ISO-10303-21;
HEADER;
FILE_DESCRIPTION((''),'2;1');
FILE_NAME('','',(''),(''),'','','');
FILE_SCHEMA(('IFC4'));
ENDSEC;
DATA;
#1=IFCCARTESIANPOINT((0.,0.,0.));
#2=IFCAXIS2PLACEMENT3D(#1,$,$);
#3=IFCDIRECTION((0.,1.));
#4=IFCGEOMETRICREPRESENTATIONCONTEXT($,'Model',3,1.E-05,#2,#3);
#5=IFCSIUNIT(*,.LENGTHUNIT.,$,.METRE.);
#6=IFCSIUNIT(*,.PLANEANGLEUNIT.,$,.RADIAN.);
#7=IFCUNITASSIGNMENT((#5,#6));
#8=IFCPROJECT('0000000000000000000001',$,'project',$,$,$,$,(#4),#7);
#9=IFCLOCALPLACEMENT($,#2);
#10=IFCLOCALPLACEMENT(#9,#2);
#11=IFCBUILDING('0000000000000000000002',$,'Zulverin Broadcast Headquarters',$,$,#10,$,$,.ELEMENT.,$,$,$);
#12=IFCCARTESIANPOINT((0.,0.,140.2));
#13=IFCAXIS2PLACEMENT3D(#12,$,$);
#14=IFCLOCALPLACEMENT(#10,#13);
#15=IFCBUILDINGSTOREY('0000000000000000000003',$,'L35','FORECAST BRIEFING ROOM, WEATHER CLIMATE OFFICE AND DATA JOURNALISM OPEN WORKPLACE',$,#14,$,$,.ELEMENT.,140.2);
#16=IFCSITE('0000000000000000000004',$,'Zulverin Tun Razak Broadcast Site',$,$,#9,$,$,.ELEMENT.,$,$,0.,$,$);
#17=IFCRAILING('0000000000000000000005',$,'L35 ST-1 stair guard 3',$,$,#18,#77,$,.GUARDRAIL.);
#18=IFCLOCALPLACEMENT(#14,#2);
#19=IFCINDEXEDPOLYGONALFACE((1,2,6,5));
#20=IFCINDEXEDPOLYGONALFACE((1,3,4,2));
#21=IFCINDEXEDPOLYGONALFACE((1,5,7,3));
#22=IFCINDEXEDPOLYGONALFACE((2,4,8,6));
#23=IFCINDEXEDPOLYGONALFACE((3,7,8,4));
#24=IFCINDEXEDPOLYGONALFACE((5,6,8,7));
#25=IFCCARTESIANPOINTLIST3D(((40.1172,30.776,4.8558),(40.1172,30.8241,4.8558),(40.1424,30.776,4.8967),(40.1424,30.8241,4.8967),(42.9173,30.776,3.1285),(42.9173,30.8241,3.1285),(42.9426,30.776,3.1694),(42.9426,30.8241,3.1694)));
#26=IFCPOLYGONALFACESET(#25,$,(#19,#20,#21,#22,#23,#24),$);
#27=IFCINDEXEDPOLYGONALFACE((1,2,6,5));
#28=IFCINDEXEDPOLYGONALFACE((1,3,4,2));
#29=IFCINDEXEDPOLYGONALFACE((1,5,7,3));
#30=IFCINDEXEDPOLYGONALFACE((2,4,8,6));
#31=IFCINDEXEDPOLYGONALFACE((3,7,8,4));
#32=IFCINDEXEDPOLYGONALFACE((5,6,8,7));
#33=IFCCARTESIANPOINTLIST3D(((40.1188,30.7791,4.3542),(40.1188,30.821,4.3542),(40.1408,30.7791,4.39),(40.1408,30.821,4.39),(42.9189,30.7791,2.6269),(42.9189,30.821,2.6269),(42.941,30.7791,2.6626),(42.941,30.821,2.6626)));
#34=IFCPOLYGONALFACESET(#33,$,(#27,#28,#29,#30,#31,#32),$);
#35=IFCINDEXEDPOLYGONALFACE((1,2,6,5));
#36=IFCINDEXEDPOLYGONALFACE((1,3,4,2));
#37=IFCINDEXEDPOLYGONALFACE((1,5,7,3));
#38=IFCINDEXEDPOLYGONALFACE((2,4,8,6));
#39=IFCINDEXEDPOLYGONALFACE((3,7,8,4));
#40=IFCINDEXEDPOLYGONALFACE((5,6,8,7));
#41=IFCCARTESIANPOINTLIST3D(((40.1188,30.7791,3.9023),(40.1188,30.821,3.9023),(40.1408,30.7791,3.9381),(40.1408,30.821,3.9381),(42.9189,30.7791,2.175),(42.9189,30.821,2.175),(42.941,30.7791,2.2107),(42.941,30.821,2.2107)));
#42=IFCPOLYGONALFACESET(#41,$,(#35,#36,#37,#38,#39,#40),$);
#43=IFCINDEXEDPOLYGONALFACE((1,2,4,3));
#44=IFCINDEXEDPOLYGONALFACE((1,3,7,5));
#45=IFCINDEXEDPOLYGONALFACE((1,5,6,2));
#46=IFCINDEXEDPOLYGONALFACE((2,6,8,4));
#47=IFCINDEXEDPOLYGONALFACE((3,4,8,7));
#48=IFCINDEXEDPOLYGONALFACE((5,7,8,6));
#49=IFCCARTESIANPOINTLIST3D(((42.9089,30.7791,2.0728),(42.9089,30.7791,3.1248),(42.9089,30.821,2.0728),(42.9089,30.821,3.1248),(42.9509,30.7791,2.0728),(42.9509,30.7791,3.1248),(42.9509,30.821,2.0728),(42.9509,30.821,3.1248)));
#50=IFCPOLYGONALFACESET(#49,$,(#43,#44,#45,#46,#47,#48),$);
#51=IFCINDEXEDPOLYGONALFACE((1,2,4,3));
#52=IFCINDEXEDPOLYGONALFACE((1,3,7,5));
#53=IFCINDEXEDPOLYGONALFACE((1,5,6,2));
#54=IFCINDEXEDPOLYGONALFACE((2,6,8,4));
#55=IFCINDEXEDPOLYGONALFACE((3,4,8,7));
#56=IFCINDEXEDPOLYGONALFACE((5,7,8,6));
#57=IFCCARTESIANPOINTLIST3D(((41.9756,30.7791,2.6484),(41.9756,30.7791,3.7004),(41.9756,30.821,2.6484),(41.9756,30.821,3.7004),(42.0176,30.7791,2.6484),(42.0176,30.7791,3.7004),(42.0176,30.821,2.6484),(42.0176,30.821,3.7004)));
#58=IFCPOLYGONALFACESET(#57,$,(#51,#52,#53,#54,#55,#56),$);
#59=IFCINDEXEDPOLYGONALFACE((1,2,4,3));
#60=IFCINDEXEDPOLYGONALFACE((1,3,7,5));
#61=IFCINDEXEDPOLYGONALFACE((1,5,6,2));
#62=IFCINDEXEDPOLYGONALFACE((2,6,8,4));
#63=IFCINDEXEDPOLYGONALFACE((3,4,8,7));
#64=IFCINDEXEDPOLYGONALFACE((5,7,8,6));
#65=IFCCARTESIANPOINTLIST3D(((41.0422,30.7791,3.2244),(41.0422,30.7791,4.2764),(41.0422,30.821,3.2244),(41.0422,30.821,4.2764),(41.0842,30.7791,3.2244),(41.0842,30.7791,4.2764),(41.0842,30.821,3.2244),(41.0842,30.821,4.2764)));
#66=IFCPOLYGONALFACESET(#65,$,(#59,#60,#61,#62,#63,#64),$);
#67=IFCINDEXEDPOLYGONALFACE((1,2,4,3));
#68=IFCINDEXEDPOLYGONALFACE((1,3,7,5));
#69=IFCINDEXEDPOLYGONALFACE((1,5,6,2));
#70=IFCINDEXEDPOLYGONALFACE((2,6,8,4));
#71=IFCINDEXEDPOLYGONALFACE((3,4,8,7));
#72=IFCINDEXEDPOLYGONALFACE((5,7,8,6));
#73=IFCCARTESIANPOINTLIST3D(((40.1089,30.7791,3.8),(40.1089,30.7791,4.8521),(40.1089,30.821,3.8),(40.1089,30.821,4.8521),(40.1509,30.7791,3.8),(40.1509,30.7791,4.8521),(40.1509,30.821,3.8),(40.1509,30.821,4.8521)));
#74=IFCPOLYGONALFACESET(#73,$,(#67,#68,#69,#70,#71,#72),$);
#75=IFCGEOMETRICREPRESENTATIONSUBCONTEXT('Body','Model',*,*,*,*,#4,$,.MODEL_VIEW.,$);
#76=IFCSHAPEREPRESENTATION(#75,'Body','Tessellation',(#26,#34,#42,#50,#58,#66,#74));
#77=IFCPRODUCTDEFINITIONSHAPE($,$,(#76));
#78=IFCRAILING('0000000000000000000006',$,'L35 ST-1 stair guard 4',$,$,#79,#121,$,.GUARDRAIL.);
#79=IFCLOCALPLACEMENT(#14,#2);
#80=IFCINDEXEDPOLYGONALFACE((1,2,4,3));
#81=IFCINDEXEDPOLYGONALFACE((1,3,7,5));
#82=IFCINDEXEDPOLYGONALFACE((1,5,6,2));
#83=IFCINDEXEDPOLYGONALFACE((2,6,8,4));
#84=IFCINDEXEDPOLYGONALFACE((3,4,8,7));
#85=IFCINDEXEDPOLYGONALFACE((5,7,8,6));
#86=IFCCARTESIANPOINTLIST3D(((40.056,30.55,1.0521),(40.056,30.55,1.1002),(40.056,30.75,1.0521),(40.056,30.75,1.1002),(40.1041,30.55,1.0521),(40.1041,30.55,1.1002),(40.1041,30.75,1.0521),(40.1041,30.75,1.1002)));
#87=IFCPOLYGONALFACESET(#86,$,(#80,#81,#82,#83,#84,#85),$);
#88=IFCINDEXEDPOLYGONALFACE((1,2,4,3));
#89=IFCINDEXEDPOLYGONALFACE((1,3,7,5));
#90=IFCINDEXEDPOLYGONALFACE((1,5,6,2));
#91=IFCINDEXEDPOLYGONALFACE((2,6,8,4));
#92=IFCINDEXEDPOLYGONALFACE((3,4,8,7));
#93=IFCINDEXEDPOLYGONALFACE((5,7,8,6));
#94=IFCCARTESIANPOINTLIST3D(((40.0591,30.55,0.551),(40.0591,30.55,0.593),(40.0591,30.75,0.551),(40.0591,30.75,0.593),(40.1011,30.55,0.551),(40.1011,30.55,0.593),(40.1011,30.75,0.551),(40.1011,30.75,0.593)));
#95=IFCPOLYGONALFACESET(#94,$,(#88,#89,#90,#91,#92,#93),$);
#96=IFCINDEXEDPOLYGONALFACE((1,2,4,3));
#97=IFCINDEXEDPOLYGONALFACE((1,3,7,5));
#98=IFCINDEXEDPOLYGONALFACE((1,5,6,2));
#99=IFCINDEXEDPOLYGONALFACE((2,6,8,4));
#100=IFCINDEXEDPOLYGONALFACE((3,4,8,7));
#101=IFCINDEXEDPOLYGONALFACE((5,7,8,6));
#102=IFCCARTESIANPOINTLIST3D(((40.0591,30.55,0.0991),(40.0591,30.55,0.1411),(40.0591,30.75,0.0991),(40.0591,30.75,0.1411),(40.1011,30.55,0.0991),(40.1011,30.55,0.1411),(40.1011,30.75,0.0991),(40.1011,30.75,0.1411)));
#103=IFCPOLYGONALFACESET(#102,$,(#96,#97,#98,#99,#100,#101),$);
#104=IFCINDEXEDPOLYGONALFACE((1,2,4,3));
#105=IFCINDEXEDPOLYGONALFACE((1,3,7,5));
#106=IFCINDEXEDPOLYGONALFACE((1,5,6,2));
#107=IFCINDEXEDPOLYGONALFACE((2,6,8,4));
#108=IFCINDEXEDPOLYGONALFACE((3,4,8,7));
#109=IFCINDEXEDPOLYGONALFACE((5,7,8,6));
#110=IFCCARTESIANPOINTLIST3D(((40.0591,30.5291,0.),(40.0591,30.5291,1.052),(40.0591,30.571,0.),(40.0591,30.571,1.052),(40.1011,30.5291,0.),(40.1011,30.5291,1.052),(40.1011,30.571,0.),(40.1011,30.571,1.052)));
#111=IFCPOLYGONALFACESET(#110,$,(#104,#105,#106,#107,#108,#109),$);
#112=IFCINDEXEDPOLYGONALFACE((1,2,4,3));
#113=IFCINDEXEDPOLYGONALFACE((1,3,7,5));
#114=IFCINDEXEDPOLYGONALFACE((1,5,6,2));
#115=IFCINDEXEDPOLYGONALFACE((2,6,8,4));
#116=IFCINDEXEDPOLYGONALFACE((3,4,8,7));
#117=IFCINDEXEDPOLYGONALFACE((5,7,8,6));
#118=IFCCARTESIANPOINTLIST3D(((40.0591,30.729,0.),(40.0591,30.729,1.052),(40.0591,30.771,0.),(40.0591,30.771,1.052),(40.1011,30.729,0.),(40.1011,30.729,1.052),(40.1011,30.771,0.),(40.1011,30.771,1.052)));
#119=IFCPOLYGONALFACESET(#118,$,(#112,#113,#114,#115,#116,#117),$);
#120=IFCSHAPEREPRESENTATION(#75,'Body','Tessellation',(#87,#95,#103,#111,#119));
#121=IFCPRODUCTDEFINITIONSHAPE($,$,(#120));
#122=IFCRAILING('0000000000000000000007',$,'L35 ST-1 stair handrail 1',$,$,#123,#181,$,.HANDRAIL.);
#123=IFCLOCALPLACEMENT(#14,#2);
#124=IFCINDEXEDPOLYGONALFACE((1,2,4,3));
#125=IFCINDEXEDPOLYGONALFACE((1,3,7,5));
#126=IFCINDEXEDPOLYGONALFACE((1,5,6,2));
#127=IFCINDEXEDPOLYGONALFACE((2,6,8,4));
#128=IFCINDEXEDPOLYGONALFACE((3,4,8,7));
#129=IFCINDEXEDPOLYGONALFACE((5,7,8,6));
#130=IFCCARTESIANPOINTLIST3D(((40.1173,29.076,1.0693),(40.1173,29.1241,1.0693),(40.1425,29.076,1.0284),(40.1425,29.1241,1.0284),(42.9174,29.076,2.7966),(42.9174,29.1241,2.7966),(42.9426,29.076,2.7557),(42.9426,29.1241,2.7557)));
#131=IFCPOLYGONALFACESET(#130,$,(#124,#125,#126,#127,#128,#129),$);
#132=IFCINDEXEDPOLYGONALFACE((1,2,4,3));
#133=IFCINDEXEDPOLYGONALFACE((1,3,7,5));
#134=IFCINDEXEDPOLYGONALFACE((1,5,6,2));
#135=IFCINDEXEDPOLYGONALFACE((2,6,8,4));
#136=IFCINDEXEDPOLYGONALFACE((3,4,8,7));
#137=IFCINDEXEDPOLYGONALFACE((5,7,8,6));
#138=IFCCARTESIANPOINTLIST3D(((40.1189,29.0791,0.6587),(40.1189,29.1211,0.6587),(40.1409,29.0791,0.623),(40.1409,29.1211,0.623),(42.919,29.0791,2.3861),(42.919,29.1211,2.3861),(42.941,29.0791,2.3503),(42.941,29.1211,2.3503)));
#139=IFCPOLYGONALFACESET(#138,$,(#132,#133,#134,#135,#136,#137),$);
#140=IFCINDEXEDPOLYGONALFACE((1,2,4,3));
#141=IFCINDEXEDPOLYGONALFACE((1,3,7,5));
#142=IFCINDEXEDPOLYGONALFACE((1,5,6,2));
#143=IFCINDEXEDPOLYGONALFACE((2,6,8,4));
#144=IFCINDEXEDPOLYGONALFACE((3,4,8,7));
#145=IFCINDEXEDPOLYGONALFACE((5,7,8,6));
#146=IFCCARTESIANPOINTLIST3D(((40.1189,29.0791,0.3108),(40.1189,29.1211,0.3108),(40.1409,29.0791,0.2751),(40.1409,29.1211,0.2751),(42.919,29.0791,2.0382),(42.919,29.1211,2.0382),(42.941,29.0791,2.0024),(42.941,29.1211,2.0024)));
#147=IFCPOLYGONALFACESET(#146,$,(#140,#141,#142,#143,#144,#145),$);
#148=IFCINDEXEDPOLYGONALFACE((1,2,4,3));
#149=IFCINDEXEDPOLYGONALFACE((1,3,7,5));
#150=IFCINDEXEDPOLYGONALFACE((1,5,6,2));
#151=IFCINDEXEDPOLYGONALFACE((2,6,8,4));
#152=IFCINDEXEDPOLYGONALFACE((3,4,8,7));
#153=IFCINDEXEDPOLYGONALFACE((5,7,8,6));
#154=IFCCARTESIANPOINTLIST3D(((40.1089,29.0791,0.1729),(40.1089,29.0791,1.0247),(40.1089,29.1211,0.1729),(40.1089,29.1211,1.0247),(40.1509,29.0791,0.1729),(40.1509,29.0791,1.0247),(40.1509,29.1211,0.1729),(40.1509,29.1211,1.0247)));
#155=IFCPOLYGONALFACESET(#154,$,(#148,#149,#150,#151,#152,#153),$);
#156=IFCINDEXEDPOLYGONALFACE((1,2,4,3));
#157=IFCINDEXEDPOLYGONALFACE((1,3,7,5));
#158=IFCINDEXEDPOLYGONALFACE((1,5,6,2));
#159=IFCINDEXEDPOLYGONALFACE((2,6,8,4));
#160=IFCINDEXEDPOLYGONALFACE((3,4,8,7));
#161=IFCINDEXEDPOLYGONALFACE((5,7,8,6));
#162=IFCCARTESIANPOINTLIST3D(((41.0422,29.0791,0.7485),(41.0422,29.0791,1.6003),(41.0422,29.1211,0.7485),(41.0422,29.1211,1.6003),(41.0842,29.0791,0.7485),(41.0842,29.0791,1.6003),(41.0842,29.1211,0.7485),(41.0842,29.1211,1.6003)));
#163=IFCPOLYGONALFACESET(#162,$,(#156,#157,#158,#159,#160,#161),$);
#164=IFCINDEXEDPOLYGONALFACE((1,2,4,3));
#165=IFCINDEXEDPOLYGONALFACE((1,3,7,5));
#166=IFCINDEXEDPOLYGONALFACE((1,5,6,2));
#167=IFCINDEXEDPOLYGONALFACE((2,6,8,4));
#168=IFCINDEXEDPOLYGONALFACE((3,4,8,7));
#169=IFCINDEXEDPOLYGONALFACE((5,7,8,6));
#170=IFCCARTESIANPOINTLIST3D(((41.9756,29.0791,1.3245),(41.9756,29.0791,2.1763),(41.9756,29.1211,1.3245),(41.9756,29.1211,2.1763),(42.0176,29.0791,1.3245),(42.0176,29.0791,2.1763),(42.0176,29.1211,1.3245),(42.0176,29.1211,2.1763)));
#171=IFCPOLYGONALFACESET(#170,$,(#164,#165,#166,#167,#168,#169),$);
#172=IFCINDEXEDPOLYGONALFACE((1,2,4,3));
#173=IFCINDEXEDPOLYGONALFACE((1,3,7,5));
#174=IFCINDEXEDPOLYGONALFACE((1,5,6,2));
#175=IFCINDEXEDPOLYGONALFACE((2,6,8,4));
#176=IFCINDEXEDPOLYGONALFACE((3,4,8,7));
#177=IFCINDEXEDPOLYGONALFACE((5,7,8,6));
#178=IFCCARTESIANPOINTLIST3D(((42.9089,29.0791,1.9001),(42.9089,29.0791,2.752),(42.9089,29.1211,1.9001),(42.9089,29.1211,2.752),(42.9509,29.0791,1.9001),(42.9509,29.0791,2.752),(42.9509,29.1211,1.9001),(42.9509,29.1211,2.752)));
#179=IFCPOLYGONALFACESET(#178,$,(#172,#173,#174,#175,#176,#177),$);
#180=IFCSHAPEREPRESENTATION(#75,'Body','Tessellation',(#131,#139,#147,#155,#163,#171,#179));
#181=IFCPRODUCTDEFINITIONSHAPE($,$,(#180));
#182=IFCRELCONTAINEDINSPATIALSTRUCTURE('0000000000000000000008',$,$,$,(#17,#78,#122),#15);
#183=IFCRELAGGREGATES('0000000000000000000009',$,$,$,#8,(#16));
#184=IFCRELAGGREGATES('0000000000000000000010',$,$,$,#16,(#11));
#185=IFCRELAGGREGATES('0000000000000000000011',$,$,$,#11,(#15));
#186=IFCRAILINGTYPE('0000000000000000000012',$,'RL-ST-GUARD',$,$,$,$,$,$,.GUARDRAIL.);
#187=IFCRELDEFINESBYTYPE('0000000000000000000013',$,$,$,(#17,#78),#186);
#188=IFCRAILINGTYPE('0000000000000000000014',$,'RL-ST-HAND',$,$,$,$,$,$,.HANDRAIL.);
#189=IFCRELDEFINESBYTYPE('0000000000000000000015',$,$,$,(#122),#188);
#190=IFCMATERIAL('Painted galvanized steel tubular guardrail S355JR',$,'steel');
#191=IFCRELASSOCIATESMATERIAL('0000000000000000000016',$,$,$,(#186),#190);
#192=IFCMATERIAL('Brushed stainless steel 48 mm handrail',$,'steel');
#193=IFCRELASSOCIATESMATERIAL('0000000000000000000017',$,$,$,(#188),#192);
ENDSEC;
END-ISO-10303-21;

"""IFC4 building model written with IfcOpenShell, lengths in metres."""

from ifc_helpers import new_model, si_unit, direction, frame, origin, origin_2d, place, context, subcontext, project, spatial, rectangle, extrude, material, type_object, element, save


model = new_model("IFC4")

# Units and contexts
model_context = context("Model", 3, precision=1e-05, world=origin(), true_north=direction((0.0, 1.0)))
body_context = subcontext(model_context, "Body", "Model", "MODEL_VIEW")
ifc_project = project(units=[si_unit("LENGTHUNIT", "METRE"), si_unit("PLANEANGLEUNIT", "RADIAN")], contexts=[model_context])

# Site, building, storey
site_placement = place(None, origin())
site = spatial("IfcSite", under=ifc_project, at=site_placement, Name="Zulverin Tun Razak Broadcast Site", CompositionType="ELEMENT", RefElevation=0.0)
building_placement = place(site_placement, origin())
building = spatial("IfcBuilding", under=site, at=building_placement, Name="Zulverin Broadcast Headquarters", CompositionType="ELEMENT")
storey_placement = place(building_placement, frame((0.0, 0.0, 140.2)))
storey = spatial("IfcBuildingStorey", under=building, at=storey_placement, Name="L35", Description="FORECAST BRIEFING ROOM, WEATHER CLIMATE OFFICE AND DATA JOURNALISM OPEN WORKPLACE", CompositionType="ELEMENT", Elevation=140.2)

# Railings
ifc_material_1 = material(Name="Painted galvanized steel tubular guardrail S355JR", Category="steel")
railing_type_1 = type_object("IfcRailingType", Name="RL-ST-GUARD", PredefinedType="GUARDRAIL", material=ifc_material_1)
railing_1_placement = place(storey_placement, frame((42.9299, 30.8, 2.0728)))
element("IfcRailing", 1, at=railing_1_placement, inside=storey, type_object=railing_type_1, Name="L35 ST-1 stair guard 3", PredefinedType="GUARDRAIL", context=body_context, shape_type="SweptSolid", body=[
    extrude(rectangle(XDim=0.0481, YDim=0.0481, at=origin_2d()), frame((0.0, 0.0, 1.0762), z_axis=(-0.85109, 0.0, 0.52502), x_axis=(0.0, -1.0, 0.0)), (0.0, 0.0, 1.0), 3.29),
    extrude(rectangle(XDim=0.042, YDim=0.042, at=origin_2d()), frame((0.0, 0.0, 0.572), z_axis=(-0.85109, 0.0, 0.52502), x_axis=(0.0, -1.0, 0.0)), (0.0, 0.0, 1.0), 3.29),
    extrude(rectangle(XDim=0.042, YDim=0.042, at=origin_2d()), frame((0.0, 0.0, 0.1201), z_axis=(-0.85109, 0.0, 0.52502), x_axis=(0.0, -1.0, 0.0)), (0.0, 0.0, 1.0), 3.29),
    extrude(rectangle(XDim=0.042, YDim=0.042, at=origin_2d()), origin(), (0.0, 0.0, 1.0), 1.052),
    extrude(rectangle(XDim=0.042, YDim=0.042, at=origin_2d()), frame((-0.9333, 0.0, 0.5757)), (0.0, 0.0, 1.0), 1.052),
    extrude(rectangle(XDim=0.042, YDim=0.042, at=origin_2d()), frame((-1.8667, 0.0, 1.1516)), (0.0, 0.0, 1.0), 1.052),
    extrude(rectangle(XDim=0.042, YDim=0.042, at=origin_2d()), frame((-2.8, 0.0, 1.7273)), (0.0, 0.0, 1.0), 1.052),
])
railing_2_placement = place(storey_placement, frame((40.0801, 30.55, 0.0)))
element("IfcRailing", 2, at=railing_2_placement, inside=storey, type_object=railing_type_1, Name="L35 ST-1 stair guard 4", PredefinedType="GUARDRAIL", context=body_context, shape_type="SweptSolid", body=[
    extrude(rectangle(XDim=0.0481, YDim=0.0481, at=origin_2d()), frame((0.0, 0.0, 1.0762), z_axis=(0.0, 1.0, 0.0), x_axis=(-1.0, 0.0, 0.0)), (0.0, 0.0, 1.0), 0.2),
    extrude(rectangle(XDim=0.042, YDim=0.042, at=origin_2d()), frame((0.0, 0.0, 0.572), z_axis=(0.0, 1.0, 0.0), x_axis=(-1.0, 0.0, 0.0)), (0.0, 0.0, 1.0), 0.2),
    extrude(rectangle(XDim=0.042, YDim=0.042, at=origin_2d()), frame((0.0, 0.0, 0.1201), z_axis=(0.0, 1.0, 0.0), x_axis=(-1.0, 0.0, 0.0)), (0.0, 0.0, 1.0), 0.2),
    extrude(rectangle(XDim=0.042, YDim=0.042, at=origin_2d()), origin(), (0.0, 0.0, 1.0), 1.052),
    extrude(rectangle(XDim=0.042, YDim=0.042, at=origin_2d()), frame((0.0, 0.2, 0.0)), (0.0, 0.0, 1.0), 1.052),
])
ifc_material_2 = material(Name="Brushed stainless steel 48 mm handrail", Category="steel")
railing_type_2 = type_object("IfcRailingType", Name="RL-ST-HAND", PredefinedType="HANDRAIL", material=ifc_material_2)
railing_3_placement = place(storey_placement, frame((40.1299, 29.1001, 0.1729)))
element("IfcRailing", 3, at=railing_3_placement, inside=storey, type_object=railing_type_2, Name="L35 ST-1 stair handrail 1", PredefinedType="HANDRAIL", context=body_context, shape_type="SweptSolid", body=[
    extrude(rectangle(XDim=0.0481, YDim=0.0481, at=origin_2d()), frame((0.0, 0.0, 0.876), z_axis=(0.85109, 0.0, 0.52502), x_axis=(0.0, 1.0, 0.0)), (0.0, 0.0, 1.0), 3.29),
    extrude(rectangle(XDim=0.042, YDim=0.042, at=origin_2d()), frame((0.0, 0.0, 0.468), z_axis=(0.85109, 0.0, 0.52502), x_axis=(0.0, 1.0, 0.0)), (0.0, 0.0, 1.0), 3.29),
    extrude(rectangle(XDim=0.042, YDim=0.042, at=origin_2d()), frame((0.0, 0.0, 0.1201), z_axis=(0.85109, 0.0, 0.52502), x_axis=(0.0, 1.0, 0.0)), (0.0, 0.0, 1.0), 3.29),
    extrude(rectangle(XDim=0.042, YDim=0.042, at=origin_2d()), origin(), (0.0, 0.0, 1.0), 0.8518),
    extrude(rectangle(XDim=0.042, YDim=0.042, at=origin_2d()), frame((0.9333, 0.0, 0.5757)), (0.0, 0.0, 1.0), 0.8518),
    extrude(rectangle(XDim=0.042, YDim=0.042, at=origin_2d()), frame((1.8667, 0.0, 1.1516)), (0.0, 0.0, 1.0), 0.8518),
    extrude(rectangle(XDim=0.042, YDim=0.042, at=origin_2d()), frame((2.8, 0.0, 1.7273)), (0.0, 0.0, 1.0), 0.8518),
])

save(model, "model.ifc")
